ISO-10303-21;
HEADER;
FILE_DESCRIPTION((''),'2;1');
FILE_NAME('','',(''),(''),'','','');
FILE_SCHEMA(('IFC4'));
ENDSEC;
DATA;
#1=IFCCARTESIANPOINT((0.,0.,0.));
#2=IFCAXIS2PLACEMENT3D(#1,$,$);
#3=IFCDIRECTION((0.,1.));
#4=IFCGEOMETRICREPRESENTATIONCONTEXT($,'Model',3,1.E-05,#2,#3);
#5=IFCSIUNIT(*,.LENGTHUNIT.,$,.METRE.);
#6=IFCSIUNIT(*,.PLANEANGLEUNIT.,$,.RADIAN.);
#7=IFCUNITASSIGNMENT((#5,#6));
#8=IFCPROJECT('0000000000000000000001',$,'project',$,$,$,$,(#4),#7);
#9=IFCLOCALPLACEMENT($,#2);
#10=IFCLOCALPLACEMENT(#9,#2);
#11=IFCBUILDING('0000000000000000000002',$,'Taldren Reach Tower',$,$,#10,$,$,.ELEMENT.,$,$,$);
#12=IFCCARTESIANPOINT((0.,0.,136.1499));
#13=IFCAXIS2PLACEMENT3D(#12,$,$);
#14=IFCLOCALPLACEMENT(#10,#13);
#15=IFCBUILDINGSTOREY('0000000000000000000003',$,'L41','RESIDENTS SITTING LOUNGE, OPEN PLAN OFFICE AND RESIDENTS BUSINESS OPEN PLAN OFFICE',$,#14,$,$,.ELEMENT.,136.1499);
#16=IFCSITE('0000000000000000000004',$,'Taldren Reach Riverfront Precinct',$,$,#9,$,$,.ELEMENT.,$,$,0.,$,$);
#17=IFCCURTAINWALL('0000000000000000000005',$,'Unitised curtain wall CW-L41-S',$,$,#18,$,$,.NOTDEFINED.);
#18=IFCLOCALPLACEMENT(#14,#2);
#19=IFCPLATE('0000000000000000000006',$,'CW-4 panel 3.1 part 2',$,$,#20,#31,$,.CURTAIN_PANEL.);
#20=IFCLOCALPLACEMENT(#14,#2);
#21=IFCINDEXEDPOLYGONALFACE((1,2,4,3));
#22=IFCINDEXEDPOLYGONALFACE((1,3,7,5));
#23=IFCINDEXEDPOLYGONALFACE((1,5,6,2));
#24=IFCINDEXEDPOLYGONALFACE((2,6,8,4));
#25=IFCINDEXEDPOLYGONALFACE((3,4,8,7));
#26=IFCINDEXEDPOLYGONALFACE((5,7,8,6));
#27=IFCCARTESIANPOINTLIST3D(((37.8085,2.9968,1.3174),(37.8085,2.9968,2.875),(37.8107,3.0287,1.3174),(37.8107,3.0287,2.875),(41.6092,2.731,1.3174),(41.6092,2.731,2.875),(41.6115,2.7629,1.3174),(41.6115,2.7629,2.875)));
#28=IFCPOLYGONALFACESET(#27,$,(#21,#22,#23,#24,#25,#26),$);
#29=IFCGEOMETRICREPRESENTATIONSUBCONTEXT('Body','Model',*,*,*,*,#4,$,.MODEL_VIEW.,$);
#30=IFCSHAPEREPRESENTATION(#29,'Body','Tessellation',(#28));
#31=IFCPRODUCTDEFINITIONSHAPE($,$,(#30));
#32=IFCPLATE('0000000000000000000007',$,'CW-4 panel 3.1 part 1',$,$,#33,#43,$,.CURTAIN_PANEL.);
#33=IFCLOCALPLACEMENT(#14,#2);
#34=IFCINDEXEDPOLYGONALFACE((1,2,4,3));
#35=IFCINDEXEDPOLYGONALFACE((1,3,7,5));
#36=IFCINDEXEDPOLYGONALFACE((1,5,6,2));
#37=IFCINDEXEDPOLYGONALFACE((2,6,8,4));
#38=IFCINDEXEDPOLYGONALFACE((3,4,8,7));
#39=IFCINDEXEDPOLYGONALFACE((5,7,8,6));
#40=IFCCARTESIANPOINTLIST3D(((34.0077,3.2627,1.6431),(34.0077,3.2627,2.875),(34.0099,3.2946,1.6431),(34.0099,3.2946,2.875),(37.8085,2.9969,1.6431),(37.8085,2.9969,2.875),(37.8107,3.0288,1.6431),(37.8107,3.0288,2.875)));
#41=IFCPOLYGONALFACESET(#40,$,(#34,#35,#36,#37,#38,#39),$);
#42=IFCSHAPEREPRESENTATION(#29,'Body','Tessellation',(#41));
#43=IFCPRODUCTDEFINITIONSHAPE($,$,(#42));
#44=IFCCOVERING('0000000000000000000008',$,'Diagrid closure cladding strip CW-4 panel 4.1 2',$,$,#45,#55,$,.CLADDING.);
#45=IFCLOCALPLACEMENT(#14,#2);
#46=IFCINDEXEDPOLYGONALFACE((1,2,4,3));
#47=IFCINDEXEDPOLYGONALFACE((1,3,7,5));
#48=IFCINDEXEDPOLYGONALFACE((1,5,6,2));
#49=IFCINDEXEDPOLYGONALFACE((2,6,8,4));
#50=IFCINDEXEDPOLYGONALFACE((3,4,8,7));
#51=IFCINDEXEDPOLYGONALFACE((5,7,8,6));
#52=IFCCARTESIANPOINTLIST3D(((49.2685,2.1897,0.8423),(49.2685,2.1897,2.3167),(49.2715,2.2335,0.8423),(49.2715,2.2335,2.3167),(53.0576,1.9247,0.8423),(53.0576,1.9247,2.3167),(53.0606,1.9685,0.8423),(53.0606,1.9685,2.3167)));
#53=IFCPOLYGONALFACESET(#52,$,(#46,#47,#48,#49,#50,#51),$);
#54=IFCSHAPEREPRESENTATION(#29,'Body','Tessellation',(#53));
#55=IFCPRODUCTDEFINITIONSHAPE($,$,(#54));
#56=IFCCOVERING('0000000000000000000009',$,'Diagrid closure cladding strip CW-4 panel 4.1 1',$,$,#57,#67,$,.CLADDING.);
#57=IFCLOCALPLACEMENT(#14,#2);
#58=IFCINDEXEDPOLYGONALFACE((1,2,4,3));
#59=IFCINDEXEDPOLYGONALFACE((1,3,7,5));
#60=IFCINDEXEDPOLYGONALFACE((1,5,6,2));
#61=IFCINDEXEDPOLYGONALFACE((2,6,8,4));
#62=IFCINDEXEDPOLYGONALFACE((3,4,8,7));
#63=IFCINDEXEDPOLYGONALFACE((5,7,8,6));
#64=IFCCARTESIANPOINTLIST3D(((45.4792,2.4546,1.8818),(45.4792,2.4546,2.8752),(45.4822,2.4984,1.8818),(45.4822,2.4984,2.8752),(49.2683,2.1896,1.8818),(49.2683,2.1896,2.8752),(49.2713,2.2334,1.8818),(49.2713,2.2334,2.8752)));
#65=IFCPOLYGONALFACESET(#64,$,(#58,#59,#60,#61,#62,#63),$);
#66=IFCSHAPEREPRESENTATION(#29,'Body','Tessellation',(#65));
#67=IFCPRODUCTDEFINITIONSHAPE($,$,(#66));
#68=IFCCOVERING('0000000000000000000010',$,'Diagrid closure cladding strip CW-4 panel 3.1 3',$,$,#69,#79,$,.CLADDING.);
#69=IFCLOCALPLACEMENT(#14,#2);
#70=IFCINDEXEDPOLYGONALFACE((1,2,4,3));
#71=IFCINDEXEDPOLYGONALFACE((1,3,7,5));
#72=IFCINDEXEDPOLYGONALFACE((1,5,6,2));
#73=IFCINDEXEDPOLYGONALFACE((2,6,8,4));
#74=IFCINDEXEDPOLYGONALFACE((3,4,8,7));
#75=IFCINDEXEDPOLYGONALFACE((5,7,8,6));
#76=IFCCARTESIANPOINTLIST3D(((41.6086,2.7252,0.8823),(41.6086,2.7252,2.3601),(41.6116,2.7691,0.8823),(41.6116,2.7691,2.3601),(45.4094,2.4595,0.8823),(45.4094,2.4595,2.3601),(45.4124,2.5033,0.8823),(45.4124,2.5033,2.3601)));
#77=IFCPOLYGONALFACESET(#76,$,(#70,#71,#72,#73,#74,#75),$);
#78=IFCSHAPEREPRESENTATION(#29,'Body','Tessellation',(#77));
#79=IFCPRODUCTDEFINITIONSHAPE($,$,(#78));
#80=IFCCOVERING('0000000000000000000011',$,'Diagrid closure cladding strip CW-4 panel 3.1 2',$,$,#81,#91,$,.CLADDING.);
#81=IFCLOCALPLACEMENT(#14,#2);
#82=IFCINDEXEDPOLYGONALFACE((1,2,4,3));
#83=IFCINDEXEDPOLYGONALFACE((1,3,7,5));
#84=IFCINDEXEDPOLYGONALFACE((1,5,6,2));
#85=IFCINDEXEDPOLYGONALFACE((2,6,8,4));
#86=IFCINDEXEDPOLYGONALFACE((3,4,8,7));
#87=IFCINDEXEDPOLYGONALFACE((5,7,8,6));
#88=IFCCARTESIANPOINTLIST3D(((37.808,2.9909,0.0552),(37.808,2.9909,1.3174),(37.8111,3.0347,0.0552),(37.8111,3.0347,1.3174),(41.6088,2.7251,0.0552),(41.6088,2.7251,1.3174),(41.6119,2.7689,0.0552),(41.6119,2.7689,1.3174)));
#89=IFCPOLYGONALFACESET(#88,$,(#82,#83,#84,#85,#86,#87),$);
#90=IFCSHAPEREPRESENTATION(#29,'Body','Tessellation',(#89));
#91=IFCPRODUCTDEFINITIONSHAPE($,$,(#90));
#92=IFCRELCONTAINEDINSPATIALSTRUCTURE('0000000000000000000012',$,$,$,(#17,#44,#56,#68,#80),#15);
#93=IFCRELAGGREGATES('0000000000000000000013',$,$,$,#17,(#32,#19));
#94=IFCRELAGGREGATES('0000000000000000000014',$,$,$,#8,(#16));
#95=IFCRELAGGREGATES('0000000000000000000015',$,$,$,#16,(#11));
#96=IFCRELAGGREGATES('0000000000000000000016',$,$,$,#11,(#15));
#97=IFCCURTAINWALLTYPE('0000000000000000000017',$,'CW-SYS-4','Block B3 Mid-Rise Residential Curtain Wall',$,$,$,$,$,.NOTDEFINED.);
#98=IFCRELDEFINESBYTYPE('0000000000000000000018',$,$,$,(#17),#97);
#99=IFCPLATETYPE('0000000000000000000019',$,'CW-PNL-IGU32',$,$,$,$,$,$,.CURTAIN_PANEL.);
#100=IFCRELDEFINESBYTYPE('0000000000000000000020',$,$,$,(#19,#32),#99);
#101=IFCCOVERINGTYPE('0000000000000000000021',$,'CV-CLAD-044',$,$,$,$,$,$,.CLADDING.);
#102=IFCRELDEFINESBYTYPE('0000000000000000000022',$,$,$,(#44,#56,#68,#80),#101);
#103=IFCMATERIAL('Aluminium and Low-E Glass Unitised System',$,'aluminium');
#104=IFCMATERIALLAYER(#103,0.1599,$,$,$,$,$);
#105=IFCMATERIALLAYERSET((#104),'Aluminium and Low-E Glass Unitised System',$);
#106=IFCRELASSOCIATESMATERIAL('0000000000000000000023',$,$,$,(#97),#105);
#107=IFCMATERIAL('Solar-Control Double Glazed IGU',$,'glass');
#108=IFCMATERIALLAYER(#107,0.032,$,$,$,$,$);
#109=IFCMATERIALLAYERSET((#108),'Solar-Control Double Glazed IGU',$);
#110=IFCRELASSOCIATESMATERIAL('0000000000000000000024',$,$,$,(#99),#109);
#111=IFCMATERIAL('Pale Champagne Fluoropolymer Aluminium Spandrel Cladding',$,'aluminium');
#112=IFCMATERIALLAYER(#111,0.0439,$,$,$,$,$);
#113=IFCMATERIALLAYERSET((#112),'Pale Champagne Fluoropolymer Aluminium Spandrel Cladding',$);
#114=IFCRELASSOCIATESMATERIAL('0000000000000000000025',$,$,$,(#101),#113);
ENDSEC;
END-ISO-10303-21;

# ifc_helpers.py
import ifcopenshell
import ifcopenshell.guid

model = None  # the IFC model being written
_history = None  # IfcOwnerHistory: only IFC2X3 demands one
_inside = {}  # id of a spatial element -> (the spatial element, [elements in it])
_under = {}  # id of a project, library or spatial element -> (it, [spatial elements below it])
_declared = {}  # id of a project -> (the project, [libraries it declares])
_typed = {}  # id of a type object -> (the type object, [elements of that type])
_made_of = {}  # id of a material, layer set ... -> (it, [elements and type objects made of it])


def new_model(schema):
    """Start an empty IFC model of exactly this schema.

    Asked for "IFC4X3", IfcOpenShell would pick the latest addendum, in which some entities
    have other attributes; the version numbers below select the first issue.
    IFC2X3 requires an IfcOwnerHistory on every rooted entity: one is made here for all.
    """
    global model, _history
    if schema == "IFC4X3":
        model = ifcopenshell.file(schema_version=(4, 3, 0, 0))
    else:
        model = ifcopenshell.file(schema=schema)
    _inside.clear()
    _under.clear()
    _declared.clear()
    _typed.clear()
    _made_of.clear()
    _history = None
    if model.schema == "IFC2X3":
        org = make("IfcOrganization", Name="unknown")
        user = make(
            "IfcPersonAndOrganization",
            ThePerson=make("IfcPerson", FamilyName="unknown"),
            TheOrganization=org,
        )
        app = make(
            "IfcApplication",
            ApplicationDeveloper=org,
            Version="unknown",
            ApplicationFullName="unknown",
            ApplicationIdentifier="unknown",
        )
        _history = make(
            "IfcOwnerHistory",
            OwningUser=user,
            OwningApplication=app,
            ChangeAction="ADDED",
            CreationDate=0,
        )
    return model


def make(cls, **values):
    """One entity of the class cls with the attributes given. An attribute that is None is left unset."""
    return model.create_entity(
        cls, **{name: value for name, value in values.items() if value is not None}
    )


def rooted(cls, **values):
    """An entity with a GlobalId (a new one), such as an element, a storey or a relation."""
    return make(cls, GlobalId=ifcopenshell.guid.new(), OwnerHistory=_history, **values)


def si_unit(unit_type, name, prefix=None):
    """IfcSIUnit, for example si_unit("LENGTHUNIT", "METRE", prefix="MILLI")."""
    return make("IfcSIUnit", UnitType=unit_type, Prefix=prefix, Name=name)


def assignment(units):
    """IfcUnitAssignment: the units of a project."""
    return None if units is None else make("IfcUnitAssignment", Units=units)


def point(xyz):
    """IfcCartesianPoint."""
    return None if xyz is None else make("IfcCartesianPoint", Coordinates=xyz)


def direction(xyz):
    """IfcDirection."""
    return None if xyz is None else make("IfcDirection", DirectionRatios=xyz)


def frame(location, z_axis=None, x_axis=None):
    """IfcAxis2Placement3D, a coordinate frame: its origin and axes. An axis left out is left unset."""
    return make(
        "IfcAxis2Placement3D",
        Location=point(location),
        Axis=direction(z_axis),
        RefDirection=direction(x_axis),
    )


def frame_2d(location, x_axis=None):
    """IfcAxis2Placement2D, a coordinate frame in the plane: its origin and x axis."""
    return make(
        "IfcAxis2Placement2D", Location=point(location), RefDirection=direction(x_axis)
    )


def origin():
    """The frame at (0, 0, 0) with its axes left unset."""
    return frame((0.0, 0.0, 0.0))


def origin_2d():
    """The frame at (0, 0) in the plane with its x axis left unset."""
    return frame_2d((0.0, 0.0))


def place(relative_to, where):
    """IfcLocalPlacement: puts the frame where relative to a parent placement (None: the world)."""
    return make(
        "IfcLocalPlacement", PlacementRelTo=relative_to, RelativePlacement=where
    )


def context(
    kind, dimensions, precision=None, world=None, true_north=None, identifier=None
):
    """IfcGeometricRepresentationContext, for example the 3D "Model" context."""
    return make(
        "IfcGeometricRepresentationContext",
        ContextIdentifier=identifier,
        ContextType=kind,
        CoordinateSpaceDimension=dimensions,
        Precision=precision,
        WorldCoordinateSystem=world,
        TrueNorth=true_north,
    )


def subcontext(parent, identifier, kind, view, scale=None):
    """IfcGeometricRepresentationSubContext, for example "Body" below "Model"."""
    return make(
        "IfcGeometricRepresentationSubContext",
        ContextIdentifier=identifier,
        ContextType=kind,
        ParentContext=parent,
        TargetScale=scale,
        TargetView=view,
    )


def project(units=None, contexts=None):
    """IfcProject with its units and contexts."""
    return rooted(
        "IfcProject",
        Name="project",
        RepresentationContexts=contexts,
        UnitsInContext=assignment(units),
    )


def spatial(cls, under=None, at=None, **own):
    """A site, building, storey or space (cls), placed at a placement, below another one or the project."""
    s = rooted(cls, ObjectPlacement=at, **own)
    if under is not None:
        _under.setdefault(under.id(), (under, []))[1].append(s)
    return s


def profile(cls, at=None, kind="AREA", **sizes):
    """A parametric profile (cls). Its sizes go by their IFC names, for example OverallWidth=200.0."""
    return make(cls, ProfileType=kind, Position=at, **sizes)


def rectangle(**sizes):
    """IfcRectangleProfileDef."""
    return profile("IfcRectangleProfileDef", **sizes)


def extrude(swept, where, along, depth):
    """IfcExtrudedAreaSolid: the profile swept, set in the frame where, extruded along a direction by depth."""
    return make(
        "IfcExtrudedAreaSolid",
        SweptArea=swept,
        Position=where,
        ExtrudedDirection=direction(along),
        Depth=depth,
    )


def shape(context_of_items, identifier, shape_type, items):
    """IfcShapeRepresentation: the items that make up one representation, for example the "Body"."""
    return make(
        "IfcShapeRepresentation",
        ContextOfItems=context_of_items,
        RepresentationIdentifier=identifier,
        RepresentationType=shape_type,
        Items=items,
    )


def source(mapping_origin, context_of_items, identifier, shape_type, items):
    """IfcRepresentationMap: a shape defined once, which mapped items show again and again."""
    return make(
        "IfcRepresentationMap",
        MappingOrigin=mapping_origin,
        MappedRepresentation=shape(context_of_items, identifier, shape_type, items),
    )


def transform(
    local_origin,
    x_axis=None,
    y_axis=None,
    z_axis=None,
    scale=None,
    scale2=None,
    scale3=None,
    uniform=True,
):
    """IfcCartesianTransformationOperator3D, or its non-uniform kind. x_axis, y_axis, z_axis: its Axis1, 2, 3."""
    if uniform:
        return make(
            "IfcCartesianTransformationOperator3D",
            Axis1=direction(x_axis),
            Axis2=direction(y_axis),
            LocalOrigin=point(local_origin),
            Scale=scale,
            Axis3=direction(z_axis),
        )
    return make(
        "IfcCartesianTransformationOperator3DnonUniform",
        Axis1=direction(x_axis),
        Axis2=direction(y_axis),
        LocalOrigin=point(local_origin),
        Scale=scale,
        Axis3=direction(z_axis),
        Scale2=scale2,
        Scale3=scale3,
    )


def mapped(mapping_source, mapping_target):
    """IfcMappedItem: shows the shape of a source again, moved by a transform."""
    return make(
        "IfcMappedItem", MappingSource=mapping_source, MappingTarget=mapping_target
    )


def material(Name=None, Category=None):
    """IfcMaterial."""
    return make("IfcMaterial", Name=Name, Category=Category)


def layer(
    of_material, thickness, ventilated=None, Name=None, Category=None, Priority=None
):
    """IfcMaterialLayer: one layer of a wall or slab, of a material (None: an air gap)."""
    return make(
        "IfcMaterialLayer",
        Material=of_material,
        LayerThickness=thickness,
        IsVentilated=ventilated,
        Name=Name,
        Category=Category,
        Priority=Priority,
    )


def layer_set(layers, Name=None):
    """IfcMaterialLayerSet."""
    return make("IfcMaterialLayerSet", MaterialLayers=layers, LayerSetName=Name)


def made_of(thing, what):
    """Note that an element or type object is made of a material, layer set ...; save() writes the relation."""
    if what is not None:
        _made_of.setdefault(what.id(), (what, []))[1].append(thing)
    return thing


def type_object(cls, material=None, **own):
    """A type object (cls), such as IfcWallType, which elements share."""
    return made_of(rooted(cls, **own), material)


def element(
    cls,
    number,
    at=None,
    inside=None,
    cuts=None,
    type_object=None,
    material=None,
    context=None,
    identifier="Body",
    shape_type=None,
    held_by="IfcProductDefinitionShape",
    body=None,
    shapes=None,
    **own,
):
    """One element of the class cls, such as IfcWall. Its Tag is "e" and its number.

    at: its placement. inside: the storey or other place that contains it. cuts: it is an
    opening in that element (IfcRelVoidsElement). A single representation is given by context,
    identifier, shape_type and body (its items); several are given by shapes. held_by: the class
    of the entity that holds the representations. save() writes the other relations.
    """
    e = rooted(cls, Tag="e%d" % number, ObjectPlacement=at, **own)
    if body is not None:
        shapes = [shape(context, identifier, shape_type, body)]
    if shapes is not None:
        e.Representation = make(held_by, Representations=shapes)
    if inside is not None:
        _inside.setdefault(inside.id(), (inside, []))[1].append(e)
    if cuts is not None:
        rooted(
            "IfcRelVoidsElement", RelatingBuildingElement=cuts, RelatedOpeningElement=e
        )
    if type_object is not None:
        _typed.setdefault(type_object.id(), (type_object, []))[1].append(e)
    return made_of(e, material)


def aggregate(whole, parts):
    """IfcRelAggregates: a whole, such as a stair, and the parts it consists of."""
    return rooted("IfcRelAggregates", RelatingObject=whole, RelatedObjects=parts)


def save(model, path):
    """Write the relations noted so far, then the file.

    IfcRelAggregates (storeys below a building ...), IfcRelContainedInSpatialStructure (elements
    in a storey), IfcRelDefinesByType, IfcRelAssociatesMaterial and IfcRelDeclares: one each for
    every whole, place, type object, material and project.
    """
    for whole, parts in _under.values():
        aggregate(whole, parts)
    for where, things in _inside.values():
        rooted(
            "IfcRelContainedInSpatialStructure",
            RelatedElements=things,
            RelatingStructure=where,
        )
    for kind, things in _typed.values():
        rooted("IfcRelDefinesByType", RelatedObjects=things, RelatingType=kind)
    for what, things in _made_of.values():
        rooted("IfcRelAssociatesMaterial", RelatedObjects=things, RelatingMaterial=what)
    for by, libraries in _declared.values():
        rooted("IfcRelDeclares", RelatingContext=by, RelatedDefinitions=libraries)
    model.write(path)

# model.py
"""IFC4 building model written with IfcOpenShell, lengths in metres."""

from ifc_helpers import new_model, si_unit, direction, frame, origin, origin_2d, place, context, subcontext, project, spatial, rectangle, extrude, source, transform, mapped, material, layer, layer_set, type_object, element, aggregate, save


model = new_model("IFC4")

# Units and contexts
model_context = context("Model", 3, precision=1e-05, world=origin(), true_north=direction((0.0, 1.0)))
body_context = subcontext(model_context, "Body", "Model", "MODEL_VIEW")
ifc_project = project(units=[si_unit("LENGTHUNIT", "METRE"), si_unit("PLANEANGLEUNIT", "RADIAN")], contexts=[model_context])

# Site, building, storey
site_placement = place(None, origin())
site = spatial("IfcSite", under=ifc_project, at=site_placement, Name="Taldren Reach Riverfront Precinct", CompositionType="ELEMENT", RefElevation=0.0)
building_placement = place(site_placement, origin())
building = spatial("IfcBuilding", under=site, at=building_placement, Name="Taldren Reach Tower", CompositionType="ELEMENT")
storey_placement = place(building_placement, frame((0.0, 0.0, 136.1499)))
storey = spatial("IfcBuildingStorey", under=building, at=storey_placement, Name="L41", Description="RESIDENTS SITTING LOUNGE, OPEN PLAN OFFICE AND RESIDENTS BUSINESS OPEN PLAN OFFICE", CompositionType="ELEMENT", Elevation=136.1499)

# Curtain wall
ifc_material_1 = material(Name="Aluminium and Low-E Glass Unitised System", Category="aluminium")
ifc_layer_1 = layer(ifc_material_1, 0.1599)
ifc_layer_set_1 = layer_set([ifc_layer_1], Name="Aluminium and Low-E Glass Unitised System")
curtain_wall_type = type_object("IfcCurtainWallType", Name="CW-SYS-4", Description="Block B3 Mid-Rise Residential Curtain Wall", PredefinedType="NOTDEFINED", material=ifc_layer_set_1)
curtain_wall_placement = place(storey_placement, origin())
curtain_wall = element("IfcCurtainWall", 1, at=curtain_wall_placement, inside=storey, type_object=curtain_wall_type, Name="Unitised curtain wall CW-L41-S", PredefinedType="NOTDEFINED")

# Plates
ifc_material_2 = material(Name="Solar-Control Double Glazed IGU", Category="glass")
ifc_layer_2 = layer(ifc_material_2, 0.032)
ifc_layer_set_2 = layer_set([ifc_layer_2], Name="Solar-Control Double Glazed IGU")
plate_type_1 = type_object("IfcPlateType", Name="CW-PNL-IGU32", PredefinedType="CURTAIN_PANEL", material=ifc_layer_set_2)
shared_shape_1 = source(origin(), body_context, "Body", "SweptSolid", [
    extrude(rectangle(XDim=3.8101, YDim=0.032, at=origin_2d()), origin(), (0.0, 0.0, 1.0), 1.5576),
])
plate_1_placement = place(storey_placement, frame((39.71, 2.8799, 1.3174), z_axis=(0.0, 0.0, 1.0), x_axis=(0.997564, -0.069757, 0.0)))
plate_1 = element("IfcPlate", 2, at=plate_1_placement, type_object=plate_type_1, Name="CW-4 panel 3.1 part 2", PredefinedType="CURTAIN_PANEL", context=body_context, shape_type="MappedRepresentation", body=[
    mapped(shared_shape_1, transform((0.0, 0.0, 0.0), scale=1.0)),
])
shared_shape_2 = source(origin(), body_context, "Body", "SweptSolid", [
    extrude(rectangle(XDim=3.8101, YDim=0.032, at=origin_2d()), origin(), (0.0, 0.0, 1.0), 1.2319),
])
plate_2_placement = place(storey_placement, frame((35.9092, 3.1458, 1.6431), z_axis=(0.0, 0.0, 1.0), x_axis=(0.997564, -0.069757, 0.0)))
plate_2 = element("IfcPlate", 3, at=plate_2_placement, type_object=plate_type_1, Name="CW-4 panel 3.1 part 1", PredefinedType="CURTAIN_PANEL", context=body_context, shape_type="MappedRepresentation", body=[
    mapped(shared_shape_2, transform((0.0, 0.0, 0.0), scale=1.0)),
])
aggregate(curtain_wall, [plate_2, plate_1])

# Coverings
ifc_material_3 = material(Name="Pale Champagne Fluoropolymer Aluminium Spandrel Cladding", Category="aluminium")
ifc_layer_3 = layer(ifc_material_3, 0.0439)
ifc_layer_set_3 = layer_set([ifc_layer_3], Name="Pale Champagne Fluoropolymer Aluminium Spandrel Cladding")
covering_type = type_object("IfcCoveringType", Name="CV-CLAD-044", PredefinedType="CLADDING", material=ifc_layer_set_3)
shared_shape_3 = source(origin(), body_context, "Body", "SweptSolid", [
    extrude(rectangle(XDim=3.7983, YDim=0.0439, at=origin_2d()), origin(), (0.0, 0.0, 1.0), 1.4744),
])
covering_1_placement = place(storey_placement, frame((51.1646, 2.0791, 0.8423), z_axis=(0.0, 0.0, 1.0), x_axis=(0.997564, -0.069757, 0.0)))
element("IfcCovering", 4, at=covering_1_placement, inside=storey, type_object=covering_type, Name="Diagrid closure cladding strip CW-4 panel 4.1 2", PredefinedType="CLADDING", context=body_context, shape_type="MappedRepresentation", body=[
    mapped(shared_shape_3, transform((0.0, 0.0, 0.0), scale=1.0)),
])
shared_shape_4 = source(origin(), body_context, "Body", "SweptSolid", [
    extrude(rectangle(XDim=3.7983, YDim=0.0439, at=origin_2d()), origin(), (0.0, 0.0, 1.0), 0.9934),
])
covering_2_placement = place(storey_placement, frame((47.3752, 2.344, 1.8818), z_axis=(0.0, 0.0, 1.0), x_axis=(0.997564, -0.069757, 0.0)))
element("IfcCovering", 5, at=covering_2_placement, inside=storey, type_object=covering_type, Name="Diagrid closure cladding strip CW-4 panel 4.1 1", PredefinedType="CLADDING", context=body_context, shape_type="MappedRepresentation", body=[
    mapped(shared_shape_4, transform((0.0, 0.0, 0.0), scale=1.0)),
])
shared_shape_5 = source(origin(), body_context, "Body", "SweptSolid", [
    extrude(rectangle(XDim=3.8101, YDim=0.0439, at=origin_2d()), origin(), (0.0, 0.0, 1.0), 1.4778),
])
covering_3_placement = place(storey_placement, frame((43.5105, 2.6143, 0.8823), z_axis=(0.0, 0.0, 1.0), x_axis=(0.997564, -0.069757, 0.0)))
element("IfcCovering", 6, at=covering_3_placement, inside=storey, type_object=covering_type, Name="Diagrid closure cladding strip CW-4 panel 3.1 3", PredefinedType="CLADDING", context=body_context, shape_type="MappedRepresentation", body=[
    mapped(shared_shape_5, transform((0.0, 0.0, 0.0), scale=1.0)),
])
shared_shape_6 = source(origin(), body_context, "Body", "SweptSolid", [
    extrude(rectangle(XDim=3.8101, YDim=0.0439, at=origin_2d()), origin(), (0.0, 0.0, 1.0), 1.2622),
])
covering_4_placement = place(storey_placement, frame((39.71, 2.8799, 0.0552), z_axis=(0.0, 0.0, 1.0), x_axis=(0.997564, -0.069757, 0.0)))
element("IfcCovering", 7, at=covering_4_placement, inside=storey, type_object=covering_type, Name="Diagrid closure cladding strip CW-4 panel 3.1 2", PredefinedType="CLADDING", context=body_context, shape_type="MappedRepresentation", body=[
    mapped(shared_shape_6, transform((0.0, 0.0, 0.0), scale=1.0)),
])

save(model, "model.ifc")
